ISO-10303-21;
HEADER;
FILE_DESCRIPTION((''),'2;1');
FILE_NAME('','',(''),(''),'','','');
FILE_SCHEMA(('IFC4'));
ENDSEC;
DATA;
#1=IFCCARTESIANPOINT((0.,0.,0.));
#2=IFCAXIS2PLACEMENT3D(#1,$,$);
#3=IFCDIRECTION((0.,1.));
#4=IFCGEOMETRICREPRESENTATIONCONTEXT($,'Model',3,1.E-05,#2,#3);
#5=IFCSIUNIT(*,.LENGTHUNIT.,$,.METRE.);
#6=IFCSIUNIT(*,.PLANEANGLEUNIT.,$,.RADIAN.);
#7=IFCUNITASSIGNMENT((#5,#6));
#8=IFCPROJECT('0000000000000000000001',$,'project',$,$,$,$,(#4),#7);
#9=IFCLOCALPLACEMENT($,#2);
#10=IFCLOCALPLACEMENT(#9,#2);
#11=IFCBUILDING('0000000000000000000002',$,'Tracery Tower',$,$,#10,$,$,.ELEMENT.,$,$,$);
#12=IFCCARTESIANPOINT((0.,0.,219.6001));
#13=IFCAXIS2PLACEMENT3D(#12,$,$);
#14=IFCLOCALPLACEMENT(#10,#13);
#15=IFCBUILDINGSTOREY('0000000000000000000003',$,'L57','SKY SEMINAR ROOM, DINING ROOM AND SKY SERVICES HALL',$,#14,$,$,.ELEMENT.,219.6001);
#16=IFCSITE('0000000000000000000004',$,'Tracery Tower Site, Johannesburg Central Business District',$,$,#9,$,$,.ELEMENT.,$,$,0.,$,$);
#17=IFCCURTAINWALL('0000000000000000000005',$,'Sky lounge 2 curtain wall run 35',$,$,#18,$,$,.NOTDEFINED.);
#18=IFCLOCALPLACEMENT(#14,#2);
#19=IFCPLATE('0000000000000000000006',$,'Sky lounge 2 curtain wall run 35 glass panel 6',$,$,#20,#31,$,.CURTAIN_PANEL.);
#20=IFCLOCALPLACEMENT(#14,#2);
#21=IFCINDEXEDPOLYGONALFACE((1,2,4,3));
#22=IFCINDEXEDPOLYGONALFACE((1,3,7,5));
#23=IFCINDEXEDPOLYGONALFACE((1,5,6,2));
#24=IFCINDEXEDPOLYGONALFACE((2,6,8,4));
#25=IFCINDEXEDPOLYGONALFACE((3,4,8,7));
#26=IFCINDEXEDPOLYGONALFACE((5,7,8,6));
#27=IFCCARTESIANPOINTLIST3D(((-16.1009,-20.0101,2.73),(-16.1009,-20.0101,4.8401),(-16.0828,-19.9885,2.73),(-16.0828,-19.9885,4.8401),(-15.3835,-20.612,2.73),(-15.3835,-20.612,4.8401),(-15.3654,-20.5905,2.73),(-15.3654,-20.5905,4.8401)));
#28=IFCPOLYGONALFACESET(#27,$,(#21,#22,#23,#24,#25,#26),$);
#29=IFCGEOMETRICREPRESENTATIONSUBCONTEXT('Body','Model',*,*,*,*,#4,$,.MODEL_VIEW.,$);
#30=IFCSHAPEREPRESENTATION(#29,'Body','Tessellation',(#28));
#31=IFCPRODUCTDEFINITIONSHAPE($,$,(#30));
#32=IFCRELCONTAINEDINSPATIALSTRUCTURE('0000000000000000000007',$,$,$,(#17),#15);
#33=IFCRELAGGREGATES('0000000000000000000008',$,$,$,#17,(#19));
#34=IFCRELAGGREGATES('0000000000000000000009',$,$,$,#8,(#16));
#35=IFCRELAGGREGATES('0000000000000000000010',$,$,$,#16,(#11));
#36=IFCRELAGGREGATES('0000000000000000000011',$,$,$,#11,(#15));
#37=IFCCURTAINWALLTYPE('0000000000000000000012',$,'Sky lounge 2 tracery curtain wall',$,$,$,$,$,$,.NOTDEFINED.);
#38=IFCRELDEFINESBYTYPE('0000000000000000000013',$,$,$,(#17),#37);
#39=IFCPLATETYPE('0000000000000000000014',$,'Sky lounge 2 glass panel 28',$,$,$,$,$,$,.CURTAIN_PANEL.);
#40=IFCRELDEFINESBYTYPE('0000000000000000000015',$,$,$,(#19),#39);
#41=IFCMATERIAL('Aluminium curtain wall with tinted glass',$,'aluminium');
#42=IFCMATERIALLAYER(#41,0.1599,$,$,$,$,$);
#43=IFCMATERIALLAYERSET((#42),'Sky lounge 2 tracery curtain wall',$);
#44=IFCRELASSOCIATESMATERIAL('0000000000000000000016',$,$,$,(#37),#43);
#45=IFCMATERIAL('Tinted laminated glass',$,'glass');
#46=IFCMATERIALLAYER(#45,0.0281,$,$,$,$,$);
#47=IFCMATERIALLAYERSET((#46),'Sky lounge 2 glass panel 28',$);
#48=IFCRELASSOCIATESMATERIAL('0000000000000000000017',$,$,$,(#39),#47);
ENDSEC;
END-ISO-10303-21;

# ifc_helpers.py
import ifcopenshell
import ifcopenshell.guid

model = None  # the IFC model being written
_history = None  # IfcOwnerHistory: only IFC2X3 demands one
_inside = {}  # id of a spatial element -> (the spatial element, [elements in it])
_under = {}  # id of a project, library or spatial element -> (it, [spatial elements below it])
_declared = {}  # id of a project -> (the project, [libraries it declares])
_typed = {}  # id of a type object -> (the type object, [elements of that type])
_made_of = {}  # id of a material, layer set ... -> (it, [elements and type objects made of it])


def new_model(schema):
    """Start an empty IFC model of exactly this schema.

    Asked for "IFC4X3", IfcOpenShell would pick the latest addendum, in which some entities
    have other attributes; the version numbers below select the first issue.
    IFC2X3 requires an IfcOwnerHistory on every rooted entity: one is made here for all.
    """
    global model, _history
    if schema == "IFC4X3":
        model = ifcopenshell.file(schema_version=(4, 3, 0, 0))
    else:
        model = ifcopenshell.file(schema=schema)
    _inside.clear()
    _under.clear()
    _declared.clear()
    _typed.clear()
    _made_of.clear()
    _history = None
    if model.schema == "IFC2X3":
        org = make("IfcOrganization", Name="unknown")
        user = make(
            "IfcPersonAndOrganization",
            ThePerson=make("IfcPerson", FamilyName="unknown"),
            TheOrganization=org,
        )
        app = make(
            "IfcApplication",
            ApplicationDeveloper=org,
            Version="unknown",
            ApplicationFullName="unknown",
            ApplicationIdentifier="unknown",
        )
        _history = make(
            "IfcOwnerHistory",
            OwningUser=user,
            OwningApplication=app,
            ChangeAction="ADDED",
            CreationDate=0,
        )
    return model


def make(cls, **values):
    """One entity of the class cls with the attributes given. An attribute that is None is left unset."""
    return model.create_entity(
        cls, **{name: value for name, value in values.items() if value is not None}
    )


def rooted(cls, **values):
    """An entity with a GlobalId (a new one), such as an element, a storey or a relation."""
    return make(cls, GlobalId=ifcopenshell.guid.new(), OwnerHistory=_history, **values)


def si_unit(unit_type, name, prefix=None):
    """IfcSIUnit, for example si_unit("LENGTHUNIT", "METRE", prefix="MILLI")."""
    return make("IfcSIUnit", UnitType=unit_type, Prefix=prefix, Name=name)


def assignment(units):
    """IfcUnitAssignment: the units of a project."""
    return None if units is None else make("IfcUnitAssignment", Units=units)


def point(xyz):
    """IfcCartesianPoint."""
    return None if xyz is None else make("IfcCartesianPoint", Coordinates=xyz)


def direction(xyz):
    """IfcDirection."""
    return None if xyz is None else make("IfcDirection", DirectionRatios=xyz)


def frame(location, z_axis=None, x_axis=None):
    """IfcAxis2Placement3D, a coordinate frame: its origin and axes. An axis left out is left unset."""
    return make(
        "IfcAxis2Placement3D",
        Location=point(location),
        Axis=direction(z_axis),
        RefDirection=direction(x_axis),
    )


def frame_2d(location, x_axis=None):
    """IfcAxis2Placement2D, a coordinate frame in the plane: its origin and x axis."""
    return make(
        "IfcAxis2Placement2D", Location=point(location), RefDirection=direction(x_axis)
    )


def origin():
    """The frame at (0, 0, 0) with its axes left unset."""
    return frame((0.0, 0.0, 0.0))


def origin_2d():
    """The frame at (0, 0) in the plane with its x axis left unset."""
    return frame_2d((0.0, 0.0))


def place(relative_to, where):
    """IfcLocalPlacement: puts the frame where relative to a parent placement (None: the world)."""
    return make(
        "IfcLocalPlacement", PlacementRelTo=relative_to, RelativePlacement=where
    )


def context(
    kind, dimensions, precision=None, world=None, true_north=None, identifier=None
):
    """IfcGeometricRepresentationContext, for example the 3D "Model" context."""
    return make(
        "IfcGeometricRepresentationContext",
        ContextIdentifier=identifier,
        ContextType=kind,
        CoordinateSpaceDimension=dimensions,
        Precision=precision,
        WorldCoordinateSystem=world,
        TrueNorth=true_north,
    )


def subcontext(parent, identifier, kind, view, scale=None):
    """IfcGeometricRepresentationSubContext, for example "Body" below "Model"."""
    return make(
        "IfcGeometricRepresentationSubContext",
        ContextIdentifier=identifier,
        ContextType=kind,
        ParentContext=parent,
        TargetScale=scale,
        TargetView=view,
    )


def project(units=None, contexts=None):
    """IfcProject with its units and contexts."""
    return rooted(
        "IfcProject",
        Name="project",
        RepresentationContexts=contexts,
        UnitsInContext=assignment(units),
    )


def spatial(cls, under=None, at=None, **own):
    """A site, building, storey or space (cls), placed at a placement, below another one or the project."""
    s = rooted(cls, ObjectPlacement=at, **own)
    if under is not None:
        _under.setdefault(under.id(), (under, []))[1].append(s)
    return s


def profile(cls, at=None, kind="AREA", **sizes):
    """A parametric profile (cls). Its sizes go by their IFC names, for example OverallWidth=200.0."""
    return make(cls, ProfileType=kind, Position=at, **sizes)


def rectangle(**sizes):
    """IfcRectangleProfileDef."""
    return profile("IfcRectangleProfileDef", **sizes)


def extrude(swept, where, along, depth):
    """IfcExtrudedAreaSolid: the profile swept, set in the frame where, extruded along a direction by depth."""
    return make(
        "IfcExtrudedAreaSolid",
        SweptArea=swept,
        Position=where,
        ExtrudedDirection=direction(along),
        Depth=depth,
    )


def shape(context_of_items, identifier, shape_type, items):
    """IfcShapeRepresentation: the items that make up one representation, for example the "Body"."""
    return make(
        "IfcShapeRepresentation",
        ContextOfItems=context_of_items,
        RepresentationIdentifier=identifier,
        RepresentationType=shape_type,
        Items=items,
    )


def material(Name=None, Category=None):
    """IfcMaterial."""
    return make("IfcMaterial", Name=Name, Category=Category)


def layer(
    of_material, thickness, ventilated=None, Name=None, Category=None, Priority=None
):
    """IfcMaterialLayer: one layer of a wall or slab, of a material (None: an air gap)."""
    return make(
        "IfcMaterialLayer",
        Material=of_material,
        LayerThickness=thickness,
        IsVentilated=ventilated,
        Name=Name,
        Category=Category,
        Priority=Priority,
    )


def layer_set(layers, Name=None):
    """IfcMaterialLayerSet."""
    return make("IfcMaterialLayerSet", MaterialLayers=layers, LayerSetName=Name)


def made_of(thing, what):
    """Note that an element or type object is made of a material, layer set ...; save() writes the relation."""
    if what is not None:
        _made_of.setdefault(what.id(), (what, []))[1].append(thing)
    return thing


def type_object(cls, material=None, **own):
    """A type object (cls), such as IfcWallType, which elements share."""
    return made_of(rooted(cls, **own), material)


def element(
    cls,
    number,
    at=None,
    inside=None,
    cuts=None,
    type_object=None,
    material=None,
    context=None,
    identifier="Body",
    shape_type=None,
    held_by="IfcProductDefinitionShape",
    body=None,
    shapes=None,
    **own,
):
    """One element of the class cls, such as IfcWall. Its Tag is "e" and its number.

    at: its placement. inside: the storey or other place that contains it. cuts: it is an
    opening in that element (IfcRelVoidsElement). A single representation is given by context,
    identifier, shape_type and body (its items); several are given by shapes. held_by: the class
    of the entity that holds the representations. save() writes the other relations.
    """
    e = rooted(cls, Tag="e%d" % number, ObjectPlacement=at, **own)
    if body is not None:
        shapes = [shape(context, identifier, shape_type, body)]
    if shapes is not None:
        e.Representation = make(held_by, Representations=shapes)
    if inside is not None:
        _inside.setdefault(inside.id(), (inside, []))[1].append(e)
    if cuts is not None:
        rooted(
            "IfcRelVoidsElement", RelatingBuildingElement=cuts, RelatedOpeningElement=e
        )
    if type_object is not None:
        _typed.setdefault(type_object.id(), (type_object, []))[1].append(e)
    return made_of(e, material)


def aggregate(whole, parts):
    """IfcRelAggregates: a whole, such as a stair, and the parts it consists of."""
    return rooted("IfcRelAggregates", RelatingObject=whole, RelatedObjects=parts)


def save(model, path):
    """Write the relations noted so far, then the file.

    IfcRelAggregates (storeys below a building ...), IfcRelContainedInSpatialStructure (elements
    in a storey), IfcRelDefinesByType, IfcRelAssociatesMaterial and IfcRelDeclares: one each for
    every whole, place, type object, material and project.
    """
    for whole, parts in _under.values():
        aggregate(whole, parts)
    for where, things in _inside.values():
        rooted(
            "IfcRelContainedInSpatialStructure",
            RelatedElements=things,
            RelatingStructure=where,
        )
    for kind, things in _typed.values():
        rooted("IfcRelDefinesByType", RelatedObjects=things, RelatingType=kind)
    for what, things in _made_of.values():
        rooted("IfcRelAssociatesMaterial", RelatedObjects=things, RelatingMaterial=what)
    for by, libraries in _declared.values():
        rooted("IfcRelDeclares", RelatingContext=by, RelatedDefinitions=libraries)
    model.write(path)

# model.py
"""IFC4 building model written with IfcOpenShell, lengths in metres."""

from ifc_helpers import new_model, si_unit, direction, frame, origin, origin_2d, place, context, subcontext, project, spatial, rectangle, extrude, material, layer, layer_set, type_object, element, aggregate, save


model = new_model("IFC4")

# Units and contexts
model_context = context("Model", 3, precision=1e-05, world=origin(), true_north=direction((0.0, 1.0)))
body_context = subcontext(model_context, "Body", "Model", "MODEL_VIEW")
ifc_project = project(units=[si_unit("LENGTHUNIT", "METRE"), si_unit("PLANEANGLEUNIT", "RADIAN")], contexts=[model_context])

# Site, building, storey
site_placement = place(None, origin())
site = spatial("IfcSite", under=ifc_project, at=site_placement, Name="Tracery Tower Site, Johannesburg Central Business District", CompositionType="ELEMENT", RefElevation=0.0)
building_placement = place(site_placement, origin())
building = spatial("IfcBuilding", under=site, at=building_placement, Name="Tracery Tower", CompositionType="ELEMENT")
storey_placement = place(building_placement, frame((0.0, 0.0, 219.6001)))
storey = spatial("IfcBuildingStorey", under=building, at=storey_placement, Name="L57", Description="SKY SEMINAR ROOM, DINING ROOM AND SKY SERVICES HALL", CompositionType="ELEMENT", Elevation=219.6001)

# Curtain wall
ifc_material_1 = material(Name="Aluminium curtain wall with tinted glass", Category="aluminium")
ifc_layer_1 = layer(ifc_material_1, 0.1599)
ifc_layer_set_1 = layer_set([ifc_layer_1], Name="Sky lounge 2 tracery curtain wall")
curtain_wall_type = type_object("IfcCurtainWallType", Name="Sky lounge 2 tracery curtain wall", PredefinedType="NOTDEFINED", material=ifc_layer_set_1)
curtain_wall_1_placement = place(storey_placement, origin())
curtain_wall_1 = element("IfcCurtainWall", 1, at=curtain_wall_1_placement, inside=storey, type_object=curtain_wall_type, Name="Sky lounge 2 curtain wall run 35", PredefinedType="NOTDEFINED")

# Shared definitions
ifc_material_2 = material(Name="Tinted laminated glass", Category="glass")
ifc_layer_2 = layer(ifc_material_2, 0.0281)
ifc_layer_set_2 = layer_set([ifc_layer_2], Name="Sky lounge 2 glass panel 28")
plate_type = type_object("IfcPlateType", Name="Sky lounge 2 glass panel 28", PredefinedType="CURTAIN_PANEL", material=ifc_layer_set_2)

# Plate
plate_1_placement = place(storey_placement, frame((-15.7332, -20.3003, 2.73), z_axis=(0.0, 0.0, 1.0), x_axis=(0.766044, -0.642788, 0.0)))
plate_1 = element("IfcPlate", 2, at=plate_1_placement, type_object=plate_type, Name="Sky lounge 2 curtain wall run 35 glass panel 6", PredefinedType="CURTAIN_PANEL", context=body_context, shape_type="SweptSolid", body=[
    extrude(rectangle(XDim=0.9365, YDim=0.0281, at=origin_2d()), origin(), (0.0, 0.0, 1.0), 2.1101),
])
aggregate(curtain_wall_1, [plate_1])

save(model, "model.ifc")
